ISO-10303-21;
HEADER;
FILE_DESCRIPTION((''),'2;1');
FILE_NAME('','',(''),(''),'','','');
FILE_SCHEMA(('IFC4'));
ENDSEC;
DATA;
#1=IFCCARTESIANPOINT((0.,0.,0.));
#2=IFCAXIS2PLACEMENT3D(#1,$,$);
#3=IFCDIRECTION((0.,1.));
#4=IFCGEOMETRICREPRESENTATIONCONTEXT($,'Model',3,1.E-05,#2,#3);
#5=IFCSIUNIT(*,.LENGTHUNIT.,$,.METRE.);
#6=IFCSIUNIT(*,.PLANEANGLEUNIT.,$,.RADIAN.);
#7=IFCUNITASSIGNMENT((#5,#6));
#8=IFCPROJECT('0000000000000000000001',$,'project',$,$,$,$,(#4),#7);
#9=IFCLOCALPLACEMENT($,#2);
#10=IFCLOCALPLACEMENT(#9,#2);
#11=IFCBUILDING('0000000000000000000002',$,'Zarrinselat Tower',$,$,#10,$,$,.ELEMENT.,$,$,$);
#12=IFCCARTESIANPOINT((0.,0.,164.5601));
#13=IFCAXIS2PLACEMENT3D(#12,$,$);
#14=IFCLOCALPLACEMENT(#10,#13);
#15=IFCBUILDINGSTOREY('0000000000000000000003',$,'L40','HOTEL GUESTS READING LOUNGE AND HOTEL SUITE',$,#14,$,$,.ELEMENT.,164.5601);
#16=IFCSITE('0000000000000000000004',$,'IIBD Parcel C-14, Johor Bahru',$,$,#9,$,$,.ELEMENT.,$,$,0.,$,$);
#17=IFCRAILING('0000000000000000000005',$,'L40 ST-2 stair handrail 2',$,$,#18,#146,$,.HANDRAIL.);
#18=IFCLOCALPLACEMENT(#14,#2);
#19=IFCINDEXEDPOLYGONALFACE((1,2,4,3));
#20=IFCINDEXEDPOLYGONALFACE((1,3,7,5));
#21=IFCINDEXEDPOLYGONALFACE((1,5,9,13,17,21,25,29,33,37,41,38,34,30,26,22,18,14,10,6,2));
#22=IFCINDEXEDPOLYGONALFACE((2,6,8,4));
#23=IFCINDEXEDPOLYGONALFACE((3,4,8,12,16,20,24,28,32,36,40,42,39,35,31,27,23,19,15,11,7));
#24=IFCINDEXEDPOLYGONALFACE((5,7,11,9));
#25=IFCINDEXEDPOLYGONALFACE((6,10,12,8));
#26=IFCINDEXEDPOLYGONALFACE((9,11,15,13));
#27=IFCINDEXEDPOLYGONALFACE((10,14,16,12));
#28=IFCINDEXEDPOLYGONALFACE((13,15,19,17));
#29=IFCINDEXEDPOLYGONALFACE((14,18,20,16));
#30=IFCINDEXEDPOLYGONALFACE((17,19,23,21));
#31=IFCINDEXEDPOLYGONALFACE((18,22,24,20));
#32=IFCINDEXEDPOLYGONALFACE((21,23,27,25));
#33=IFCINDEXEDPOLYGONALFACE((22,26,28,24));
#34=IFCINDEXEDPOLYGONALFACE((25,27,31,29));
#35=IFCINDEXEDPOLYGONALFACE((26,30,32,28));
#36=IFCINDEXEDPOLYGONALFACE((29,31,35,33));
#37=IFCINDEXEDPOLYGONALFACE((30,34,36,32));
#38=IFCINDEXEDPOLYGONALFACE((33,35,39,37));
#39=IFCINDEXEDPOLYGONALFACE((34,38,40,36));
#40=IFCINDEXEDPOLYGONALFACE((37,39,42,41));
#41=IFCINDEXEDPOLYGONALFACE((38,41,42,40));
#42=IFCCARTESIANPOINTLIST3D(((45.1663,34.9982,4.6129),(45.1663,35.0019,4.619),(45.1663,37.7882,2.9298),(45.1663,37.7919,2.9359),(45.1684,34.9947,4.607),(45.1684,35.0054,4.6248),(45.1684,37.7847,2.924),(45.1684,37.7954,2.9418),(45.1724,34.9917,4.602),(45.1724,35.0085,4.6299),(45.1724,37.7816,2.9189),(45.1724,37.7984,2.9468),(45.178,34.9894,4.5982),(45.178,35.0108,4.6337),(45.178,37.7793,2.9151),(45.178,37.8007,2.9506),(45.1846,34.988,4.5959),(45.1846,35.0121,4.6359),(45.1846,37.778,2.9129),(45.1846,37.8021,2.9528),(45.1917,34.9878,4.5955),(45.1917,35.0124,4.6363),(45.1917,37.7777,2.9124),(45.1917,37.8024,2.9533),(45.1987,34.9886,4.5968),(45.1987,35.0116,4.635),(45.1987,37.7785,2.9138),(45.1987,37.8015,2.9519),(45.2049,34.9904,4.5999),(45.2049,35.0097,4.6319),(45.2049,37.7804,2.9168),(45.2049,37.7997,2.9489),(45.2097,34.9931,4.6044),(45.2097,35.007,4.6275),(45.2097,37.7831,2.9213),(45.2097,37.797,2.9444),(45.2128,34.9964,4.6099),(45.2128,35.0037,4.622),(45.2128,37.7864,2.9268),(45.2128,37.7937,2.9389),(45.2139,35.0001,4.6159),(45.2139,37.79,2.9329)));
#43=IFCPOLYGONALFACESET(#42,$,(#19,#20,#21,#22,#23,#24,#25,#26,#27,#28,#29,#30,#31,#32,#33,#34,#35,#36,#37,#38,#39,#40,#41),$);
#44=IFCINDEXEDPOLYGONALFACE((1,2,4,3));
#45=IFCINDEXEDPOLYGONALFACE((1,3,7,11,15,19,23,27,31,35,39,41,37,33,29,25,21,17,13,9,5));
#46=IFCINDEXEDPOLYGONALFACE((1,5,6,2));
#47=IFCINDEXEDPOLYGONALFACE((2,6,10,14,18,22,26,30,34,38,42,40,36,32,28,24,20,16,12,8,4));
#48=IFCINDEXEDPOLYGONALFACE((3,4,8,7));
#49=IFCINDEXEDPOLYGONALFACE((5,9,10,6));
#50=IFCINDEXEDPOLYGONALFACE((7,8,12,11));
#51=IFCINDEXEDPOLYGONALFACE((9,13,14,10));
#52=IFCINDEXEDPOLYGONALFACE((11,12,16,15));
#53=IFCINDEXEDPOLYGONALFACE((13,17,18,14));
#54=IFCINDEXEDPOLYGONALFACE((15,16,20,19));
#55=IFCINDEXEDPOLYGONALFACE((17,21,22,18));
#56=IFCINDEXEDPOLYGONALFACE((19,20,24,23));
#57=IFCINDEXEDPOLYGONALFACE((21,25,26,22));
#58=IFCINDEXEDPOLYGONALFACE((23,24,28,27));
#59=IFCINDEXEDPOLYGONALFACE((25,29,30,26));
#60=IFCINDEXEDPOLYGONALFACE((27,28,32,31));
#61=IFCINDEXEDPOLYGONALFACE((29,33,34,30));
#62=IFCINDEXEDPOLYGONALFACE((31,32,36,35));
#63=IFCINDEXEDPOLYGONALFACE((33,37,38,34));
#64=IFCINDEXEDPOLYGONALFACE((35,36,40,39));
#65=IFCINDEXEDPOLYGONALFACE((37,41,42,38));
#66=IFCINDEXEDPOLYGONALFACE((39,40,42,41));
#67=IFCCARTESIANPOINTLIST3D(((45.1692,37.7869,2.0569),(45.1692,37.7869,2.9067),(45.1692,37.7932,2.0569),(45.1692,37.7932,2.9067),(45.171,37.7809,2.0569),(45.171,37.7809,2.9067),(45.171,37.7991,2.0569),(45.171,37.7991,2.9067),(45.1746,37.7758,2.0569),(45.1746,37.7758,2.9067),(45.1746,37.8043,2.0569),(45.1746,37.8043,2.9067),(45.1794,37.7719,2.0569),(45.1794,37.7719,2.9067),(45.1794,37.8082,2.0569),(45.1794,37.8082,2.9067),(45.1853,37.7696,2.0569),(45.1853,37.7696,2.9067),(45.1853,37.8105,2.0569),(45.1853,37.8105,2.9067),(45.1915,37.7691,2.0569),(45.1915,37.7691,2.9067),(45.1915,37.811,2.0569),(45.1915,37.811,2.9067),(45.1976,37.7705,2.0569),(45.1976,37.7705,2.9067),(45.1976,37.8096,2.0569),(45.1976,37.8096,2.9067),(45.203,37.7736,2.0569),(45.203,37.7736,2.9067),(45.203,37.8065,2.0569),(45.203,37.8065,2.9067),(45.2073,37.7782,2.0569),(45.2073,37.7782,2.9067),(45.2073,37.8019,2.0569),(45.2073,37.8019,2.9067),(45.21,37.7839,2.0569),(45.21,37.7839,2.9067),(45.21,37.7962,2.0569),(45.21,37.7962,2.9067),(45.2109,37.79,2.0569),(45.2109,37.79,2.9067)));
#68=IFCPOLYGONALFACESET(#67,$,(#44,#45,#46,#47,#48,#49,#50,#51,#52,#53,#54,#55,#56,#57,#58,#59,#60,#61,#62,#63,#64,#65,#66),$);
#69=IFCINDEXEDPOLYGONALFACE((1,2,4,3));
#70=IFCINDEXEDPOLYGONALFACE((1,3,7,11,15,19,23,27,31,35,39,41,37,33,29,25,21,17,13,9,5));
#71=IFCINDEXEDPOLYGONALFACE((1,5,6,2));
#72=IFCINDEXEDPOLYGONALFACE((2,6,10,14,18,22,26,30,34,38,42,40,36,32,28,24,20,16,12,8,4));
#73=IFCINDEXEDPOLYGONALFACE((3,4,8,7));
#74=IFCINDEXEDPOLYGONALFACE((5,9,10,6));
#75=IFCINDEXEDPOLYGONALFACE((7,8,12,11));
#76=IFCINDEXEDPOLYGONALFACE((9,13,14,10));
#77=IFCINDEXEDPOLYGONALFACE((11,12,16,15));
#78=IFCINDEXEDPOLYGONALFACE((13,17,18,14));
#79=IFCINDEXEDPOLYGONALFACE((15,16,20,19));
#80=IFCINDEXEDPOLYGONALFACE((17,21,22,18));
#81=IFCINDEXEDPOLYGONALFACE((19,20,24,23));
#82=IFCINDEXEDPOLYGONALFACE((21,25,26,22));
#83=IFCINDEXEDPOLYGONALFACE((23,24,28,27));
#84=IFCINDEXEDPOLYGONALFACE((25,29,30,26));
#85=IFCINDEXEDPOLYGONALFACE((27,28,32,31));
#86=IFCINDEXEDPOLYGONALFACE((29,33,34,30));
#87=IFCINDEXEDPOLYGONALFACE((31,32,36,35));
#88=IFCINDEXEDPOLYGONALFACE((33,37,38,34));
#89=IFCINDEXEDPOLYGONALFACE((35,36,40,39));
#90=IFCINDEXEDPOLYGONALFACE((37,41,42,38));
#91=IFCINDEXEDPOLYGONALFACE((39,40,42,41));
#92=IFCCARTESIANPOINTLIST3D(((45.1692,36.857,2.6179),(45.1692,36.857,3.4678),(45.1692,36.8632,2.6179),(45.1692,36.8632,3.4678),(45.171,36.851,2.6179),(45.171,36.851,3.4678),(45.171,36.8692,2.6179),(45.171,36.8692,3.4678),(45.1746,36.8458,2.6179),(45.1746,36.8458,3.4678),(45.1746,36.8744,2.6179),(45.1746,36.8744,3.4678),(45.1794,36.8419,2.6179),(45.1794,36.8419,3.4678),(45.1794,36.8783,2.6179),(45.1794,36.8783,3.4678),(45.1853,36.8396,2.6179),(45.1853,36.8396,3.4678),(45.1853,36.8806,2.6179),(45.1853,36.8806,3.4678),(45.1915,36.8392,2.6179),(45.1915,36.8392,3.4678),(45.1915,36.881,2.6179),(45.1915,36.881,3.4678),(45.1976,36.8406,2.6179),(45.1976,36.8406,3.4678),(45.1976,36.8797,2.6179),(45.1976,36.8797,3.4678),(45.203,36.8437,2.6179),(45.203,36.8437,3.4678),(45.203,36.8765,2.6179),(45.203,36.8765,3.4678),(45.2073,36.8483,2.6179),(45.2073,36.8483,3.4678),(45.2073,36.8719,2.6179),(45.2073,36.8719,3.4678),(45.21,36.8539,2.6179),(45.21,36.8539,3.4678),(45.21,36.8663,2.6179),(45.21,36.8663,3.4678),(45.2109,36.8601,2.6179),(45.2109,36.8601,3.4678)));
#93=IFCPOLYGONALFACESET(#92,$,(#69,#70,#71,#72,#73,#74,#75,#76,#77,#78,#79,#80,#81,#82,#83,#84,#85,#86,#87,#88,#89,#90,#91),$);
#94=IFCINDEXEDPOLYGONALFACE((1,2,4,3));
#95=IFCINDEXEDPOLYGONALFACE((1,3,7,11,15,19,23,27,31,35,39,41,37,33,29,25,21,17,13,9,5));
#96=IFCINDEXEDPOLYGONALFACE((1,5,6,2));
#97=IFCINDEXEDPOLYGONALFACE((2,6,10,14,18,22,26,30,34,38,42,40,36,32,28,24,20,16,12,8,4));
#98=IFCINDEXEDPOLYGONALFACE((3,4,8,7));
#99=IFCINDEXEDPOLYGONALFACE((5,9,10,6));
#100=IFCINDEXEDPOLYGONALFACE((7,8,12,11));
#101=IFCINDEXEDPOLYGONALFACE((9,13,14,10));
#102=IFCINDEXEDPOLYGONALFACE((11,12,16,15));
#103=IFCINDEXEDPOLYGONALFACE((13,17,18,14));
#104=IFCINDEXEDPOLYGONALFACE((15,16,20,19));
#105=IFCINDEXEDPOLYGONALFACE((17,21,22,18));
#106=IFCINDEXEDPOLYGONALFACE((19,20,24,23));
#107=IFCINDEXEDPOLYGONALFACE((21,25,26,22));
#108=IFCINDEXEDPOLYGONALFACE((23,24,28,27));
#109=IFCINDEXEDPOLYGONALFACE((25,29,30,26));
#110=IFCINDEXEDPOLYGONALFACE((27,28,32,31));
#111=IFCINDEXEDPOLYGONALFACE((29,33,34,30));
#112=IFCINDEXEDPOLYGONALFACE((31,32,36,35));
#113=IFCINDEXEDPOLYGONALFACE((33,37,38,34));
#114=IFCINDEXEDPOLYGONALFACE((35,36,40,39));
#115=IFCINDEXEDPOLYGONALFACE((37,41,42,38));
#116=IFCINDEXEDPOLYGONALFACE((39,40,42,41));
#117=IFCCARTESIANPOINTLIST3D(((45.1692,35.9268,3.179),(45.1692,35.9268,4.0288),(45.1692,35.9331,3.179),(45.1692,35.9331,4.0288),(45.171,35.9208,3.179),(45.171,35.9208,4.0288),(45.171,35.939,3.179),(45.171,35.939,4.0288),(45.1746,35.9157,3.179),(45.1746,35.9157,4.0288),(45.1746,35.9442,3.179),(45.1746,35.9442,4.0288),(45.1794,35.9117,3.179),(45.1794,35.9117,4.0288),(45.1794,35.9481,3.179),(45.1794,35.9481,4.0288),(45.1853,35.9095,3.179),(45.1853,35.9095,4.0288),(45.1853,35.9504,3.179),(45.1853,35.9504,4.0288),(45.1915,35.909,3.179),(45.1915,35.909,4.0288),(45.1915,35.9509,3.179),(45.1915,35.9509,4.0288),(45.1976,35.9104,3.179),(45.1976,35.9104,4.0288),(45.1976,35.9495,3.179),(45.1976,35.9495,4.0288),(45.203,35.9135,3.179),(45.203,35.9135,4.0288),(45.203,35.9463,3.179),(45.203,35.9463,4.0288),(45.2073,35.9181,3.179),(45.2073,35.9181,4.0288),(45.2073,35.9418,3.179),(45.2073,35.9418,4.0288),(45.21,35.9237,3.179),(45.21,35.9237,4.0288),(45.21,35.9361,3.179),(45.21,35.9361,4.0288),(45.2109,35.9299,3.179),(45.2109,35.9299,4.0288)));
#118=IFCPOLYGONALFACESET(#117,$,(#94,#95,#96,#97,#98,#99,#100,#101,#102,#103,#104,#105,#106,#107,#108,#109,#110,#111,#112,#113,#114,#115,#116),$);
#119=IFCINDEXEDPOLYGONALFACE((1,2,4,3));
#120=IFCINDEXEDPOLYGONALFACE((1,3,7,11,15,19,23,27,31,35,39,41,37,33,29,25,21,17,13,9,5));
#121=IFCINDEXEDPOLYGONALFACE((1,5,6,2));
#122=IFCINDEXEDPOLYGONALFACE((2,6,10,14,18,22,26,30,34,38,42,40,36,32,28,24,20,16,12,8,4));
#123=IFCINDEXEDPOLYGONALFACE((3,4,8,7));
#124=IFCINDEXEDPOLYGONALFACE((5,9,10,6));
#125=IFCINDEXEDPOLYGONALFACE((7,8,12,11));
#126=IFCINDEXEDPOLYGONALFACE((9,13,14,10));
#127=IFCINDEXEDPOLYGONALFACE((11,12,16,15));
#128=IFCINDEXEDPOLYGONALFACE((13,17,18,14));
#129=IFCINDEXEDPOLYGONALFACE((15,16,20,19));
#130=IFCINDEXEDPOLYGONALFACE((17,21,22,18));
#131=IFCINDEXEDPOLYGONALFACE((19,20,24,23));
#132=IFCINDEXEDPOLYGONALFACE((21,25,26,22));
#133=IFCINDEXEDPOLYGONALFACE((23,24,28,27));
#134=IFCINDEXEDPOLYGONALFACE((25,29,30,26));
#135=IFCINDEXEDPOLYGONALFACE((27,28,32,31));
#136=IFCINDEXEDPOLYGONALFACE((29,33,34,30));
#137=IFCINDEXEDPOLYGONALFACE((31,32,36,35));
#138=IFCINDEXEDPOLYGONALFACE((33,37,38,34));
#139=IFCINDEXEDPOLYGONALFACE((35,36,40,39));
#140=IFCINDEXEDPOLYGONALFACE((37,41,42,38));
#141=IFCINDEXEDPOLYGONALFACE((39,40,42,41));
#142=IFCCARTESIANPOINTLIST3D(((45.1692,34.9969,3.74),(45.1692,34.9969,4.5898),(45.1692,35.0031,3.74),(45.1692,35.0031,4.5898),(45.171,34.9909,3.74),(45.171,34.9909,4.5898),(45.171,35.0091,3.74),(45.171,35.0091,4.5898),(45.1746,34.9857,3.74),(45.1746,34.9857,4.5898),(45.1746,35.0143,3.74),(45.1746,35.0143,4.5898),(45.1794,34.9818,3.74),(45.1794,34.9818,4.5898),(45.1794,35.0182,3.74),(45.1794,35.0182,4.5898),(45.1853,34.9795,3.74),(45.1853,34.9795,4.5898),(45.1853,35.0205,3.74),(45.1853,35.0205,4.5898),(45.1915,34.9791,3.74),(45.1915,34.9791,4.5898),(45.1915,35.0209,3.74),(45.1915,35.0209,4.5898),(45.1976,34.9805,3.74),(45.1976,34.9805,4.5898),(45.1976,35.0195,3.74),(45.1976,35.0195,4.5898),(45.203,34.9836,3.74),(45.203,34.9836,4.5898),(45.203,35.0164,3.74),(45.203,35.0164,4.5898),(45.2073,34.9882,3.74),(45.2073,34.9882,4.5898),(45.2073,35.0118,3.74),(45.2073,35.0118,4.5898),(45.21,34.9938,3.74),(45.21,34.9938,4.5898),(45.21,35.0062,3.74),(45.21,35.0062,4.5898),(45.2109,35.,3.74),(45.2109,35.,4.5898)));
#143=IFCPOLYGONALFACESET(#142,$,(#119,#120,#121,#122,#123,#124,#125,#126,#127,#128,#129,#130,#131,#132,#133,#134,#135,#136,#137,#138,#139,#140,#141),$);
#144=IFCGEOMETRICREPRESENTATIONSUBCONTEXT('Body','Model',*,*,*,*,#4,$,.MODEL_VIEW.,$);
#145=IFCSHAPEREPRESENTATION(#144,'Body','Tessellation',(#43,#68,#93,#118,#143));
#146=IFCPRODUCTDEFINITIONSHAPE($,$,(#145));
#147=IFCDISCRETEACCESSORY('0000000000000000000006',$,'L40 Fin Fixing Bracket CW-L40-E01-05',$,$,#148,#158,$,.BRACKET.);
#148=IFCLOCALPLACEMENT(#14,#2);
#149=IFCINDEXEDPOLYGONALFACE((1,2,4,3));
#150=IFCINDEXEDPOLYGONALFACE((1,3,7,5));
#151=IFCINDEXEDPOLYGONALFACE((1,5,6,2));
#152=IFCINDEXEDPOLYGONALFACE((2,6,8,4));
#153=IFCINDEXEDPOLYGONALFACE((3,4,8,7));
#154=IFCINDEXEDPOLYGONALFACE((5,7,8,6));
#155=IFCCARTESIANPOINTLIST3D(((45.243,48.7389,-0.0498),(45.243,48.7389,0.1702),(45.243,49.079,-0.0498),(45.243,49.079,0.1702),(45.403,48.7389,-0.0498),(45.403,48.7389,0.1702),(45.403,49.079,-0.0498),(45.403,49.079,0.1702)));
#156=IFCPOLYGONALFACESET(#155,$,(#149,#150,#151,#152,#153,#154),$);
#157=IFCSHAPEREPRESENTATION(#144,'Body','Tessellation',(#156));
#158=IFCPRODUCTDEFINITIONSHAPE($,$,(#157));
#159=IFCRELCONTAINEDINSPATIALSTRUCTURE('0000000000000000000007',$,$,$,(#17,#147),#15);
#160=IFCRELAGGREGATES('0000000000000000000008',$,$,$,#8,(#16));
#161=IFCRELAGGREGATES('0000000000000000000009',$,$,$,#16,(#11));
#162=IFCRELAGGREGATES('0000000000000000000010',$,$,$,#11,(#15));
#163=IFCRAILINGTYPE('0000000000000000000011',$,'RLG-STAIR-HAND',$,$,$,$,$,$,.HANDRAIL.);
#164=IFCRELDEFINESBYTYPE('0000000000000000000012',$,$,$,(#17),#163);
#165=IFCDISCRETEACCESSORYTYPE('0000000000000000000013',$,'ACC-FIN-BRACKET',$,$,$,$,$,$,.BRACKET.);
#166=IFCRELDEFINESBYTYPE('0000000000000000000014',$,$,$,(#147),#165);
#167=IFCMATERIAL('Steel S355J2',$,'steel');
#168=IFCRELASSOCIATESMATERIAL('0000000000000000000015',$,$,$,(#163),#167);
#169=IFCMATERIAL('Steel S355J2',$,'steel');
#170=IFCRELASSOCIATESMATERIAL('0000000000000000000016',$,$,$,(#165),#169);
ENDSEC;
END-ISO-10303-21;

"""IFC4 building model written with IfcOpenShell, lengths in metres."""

from ifc_helpers import new_model, si_unit, direction, frame, origin, origin_2d, place, context, subcontext, project, spatial, rectangle, circle, extrude, material, type_object, element, save


model = new_model("IFC4")

# Units and contexts
model_context = context("Model", 3, precision=1e-05, world=origin(), true_north=direction((0.0, 1.0)))
body_context = subcontext(model_context, "Body", "Model", "MODEL_VIEW")
ifc_project = project(units=[si_unit("LENGTHUNIT", "METRE"), si_unit("PLANEANGLEUNIT", "RADIAN")], contexts=[model_context])

# Site, building, storey
site_placement = place(None, origin())
site = spatial("IfcSite", under=ifc_project, at=site_placement, Name="IIBD Parcel C-14, Johor Bahru", CompositionType="ELEMENT", RefElevation=0.0)
building_placement = place(site_placement, origin())
building = spatial("IfcBuilding", under=site, at=building_placement, Name="Zarrinselat Tower", CompositionType="ELEMENT")
storey_placement = place(building_placement, frame((0.0, 0.0, 164.5601)))
storey = spatial("IfcBuildingStorey", under=building, at=storey_placement, Name="L40", Description="HOTEL GUESTS READING LOUNGE AND HOTEL SUITE", CompositionType="ELEMENT", Elevation=164.5601)

# Railing
ifc_material_1 = material(Name="Steel S355J2", Category="steel")
railing_type_1 = type_object("IfcRailingType", Name="RLG-STAIR-HAND", PredefinedType="HANDRAIL", material=ifc_material_1)
railing_1_placement = place(storey_placement, frame((45.1899, 37.79, 2.0569)))
element("IfcRailing", 1, at=railing_1_placement, inside=storey, type_object=railing_type_1, Name="L40 ST-2 stair handrail 2", PredefinedType="HANDRAIL", context=body_context, shape_type="SweptSolid", body=[
    extrude(circle(Radius=0.0239, at=origin_2d()), frame((0.0, 0.0, 0.876), z_axis=(0.0, -0.856261, 0.516544), x_axis=(1.0, 0.0, 0.0)), (0.0, 0.0, 1.0), 3.2583),
    extrude(circle(Radius=0.021, at=origin_2d()), origin(), (0.0, 0.0, 1.0), 0.8499),
    extrude(circle(Radius=0.021, at=origin_2d()), frame((0.0, -0.9299, 0.561)), (0.0, 0.0, 1.0), 0.8499),
    extrude(circle(Radius=0.021, at=origin_2d()), frame((0.0, -1.8601, 1.1221)), (0.0, 0.0, 1.0), 0.8499),
    extrude(circle(Radius=0.021, at=origin_2d()), frame((0.0, -2.79, 1.6831)), (0.0, 0.0, 1.0), 0.8499),
])

# Discrete accessory
ifc_material_2 = material(Name="Steel S355J2", Category="steel")
discrete_accessory_type = type_object("IfcDiscreteAccessoryType", Name="ACC-FIN-BRACKET", PredefinedType="BRACKET", material=ifc_material_2)
discrete_accessory_placement = place(storey_placement, frame((45.323, 48.9089, -0.0498), z_axis=(0.0, 0.0, 1.0), x_axis=(0.0, 1.0, 0.0)))
element("IfcDiscreteAccessory", 2, at=discrete_accessory_placement, inside=storey, type_object=discrete_accessory_type, Name="L40 Fin Fixing Bracket CW-L40-E01-05", PredefinedType="BRACKET", context=body_context, shape_type="SweptSolid", body=[
    extrude(rectangle(XDim=0.3401, YDim=0.1599, at=origin_2d()), origin(), (0.0, 0.0, 1.0), 0.22),
])

save(model, "model.ifc")
